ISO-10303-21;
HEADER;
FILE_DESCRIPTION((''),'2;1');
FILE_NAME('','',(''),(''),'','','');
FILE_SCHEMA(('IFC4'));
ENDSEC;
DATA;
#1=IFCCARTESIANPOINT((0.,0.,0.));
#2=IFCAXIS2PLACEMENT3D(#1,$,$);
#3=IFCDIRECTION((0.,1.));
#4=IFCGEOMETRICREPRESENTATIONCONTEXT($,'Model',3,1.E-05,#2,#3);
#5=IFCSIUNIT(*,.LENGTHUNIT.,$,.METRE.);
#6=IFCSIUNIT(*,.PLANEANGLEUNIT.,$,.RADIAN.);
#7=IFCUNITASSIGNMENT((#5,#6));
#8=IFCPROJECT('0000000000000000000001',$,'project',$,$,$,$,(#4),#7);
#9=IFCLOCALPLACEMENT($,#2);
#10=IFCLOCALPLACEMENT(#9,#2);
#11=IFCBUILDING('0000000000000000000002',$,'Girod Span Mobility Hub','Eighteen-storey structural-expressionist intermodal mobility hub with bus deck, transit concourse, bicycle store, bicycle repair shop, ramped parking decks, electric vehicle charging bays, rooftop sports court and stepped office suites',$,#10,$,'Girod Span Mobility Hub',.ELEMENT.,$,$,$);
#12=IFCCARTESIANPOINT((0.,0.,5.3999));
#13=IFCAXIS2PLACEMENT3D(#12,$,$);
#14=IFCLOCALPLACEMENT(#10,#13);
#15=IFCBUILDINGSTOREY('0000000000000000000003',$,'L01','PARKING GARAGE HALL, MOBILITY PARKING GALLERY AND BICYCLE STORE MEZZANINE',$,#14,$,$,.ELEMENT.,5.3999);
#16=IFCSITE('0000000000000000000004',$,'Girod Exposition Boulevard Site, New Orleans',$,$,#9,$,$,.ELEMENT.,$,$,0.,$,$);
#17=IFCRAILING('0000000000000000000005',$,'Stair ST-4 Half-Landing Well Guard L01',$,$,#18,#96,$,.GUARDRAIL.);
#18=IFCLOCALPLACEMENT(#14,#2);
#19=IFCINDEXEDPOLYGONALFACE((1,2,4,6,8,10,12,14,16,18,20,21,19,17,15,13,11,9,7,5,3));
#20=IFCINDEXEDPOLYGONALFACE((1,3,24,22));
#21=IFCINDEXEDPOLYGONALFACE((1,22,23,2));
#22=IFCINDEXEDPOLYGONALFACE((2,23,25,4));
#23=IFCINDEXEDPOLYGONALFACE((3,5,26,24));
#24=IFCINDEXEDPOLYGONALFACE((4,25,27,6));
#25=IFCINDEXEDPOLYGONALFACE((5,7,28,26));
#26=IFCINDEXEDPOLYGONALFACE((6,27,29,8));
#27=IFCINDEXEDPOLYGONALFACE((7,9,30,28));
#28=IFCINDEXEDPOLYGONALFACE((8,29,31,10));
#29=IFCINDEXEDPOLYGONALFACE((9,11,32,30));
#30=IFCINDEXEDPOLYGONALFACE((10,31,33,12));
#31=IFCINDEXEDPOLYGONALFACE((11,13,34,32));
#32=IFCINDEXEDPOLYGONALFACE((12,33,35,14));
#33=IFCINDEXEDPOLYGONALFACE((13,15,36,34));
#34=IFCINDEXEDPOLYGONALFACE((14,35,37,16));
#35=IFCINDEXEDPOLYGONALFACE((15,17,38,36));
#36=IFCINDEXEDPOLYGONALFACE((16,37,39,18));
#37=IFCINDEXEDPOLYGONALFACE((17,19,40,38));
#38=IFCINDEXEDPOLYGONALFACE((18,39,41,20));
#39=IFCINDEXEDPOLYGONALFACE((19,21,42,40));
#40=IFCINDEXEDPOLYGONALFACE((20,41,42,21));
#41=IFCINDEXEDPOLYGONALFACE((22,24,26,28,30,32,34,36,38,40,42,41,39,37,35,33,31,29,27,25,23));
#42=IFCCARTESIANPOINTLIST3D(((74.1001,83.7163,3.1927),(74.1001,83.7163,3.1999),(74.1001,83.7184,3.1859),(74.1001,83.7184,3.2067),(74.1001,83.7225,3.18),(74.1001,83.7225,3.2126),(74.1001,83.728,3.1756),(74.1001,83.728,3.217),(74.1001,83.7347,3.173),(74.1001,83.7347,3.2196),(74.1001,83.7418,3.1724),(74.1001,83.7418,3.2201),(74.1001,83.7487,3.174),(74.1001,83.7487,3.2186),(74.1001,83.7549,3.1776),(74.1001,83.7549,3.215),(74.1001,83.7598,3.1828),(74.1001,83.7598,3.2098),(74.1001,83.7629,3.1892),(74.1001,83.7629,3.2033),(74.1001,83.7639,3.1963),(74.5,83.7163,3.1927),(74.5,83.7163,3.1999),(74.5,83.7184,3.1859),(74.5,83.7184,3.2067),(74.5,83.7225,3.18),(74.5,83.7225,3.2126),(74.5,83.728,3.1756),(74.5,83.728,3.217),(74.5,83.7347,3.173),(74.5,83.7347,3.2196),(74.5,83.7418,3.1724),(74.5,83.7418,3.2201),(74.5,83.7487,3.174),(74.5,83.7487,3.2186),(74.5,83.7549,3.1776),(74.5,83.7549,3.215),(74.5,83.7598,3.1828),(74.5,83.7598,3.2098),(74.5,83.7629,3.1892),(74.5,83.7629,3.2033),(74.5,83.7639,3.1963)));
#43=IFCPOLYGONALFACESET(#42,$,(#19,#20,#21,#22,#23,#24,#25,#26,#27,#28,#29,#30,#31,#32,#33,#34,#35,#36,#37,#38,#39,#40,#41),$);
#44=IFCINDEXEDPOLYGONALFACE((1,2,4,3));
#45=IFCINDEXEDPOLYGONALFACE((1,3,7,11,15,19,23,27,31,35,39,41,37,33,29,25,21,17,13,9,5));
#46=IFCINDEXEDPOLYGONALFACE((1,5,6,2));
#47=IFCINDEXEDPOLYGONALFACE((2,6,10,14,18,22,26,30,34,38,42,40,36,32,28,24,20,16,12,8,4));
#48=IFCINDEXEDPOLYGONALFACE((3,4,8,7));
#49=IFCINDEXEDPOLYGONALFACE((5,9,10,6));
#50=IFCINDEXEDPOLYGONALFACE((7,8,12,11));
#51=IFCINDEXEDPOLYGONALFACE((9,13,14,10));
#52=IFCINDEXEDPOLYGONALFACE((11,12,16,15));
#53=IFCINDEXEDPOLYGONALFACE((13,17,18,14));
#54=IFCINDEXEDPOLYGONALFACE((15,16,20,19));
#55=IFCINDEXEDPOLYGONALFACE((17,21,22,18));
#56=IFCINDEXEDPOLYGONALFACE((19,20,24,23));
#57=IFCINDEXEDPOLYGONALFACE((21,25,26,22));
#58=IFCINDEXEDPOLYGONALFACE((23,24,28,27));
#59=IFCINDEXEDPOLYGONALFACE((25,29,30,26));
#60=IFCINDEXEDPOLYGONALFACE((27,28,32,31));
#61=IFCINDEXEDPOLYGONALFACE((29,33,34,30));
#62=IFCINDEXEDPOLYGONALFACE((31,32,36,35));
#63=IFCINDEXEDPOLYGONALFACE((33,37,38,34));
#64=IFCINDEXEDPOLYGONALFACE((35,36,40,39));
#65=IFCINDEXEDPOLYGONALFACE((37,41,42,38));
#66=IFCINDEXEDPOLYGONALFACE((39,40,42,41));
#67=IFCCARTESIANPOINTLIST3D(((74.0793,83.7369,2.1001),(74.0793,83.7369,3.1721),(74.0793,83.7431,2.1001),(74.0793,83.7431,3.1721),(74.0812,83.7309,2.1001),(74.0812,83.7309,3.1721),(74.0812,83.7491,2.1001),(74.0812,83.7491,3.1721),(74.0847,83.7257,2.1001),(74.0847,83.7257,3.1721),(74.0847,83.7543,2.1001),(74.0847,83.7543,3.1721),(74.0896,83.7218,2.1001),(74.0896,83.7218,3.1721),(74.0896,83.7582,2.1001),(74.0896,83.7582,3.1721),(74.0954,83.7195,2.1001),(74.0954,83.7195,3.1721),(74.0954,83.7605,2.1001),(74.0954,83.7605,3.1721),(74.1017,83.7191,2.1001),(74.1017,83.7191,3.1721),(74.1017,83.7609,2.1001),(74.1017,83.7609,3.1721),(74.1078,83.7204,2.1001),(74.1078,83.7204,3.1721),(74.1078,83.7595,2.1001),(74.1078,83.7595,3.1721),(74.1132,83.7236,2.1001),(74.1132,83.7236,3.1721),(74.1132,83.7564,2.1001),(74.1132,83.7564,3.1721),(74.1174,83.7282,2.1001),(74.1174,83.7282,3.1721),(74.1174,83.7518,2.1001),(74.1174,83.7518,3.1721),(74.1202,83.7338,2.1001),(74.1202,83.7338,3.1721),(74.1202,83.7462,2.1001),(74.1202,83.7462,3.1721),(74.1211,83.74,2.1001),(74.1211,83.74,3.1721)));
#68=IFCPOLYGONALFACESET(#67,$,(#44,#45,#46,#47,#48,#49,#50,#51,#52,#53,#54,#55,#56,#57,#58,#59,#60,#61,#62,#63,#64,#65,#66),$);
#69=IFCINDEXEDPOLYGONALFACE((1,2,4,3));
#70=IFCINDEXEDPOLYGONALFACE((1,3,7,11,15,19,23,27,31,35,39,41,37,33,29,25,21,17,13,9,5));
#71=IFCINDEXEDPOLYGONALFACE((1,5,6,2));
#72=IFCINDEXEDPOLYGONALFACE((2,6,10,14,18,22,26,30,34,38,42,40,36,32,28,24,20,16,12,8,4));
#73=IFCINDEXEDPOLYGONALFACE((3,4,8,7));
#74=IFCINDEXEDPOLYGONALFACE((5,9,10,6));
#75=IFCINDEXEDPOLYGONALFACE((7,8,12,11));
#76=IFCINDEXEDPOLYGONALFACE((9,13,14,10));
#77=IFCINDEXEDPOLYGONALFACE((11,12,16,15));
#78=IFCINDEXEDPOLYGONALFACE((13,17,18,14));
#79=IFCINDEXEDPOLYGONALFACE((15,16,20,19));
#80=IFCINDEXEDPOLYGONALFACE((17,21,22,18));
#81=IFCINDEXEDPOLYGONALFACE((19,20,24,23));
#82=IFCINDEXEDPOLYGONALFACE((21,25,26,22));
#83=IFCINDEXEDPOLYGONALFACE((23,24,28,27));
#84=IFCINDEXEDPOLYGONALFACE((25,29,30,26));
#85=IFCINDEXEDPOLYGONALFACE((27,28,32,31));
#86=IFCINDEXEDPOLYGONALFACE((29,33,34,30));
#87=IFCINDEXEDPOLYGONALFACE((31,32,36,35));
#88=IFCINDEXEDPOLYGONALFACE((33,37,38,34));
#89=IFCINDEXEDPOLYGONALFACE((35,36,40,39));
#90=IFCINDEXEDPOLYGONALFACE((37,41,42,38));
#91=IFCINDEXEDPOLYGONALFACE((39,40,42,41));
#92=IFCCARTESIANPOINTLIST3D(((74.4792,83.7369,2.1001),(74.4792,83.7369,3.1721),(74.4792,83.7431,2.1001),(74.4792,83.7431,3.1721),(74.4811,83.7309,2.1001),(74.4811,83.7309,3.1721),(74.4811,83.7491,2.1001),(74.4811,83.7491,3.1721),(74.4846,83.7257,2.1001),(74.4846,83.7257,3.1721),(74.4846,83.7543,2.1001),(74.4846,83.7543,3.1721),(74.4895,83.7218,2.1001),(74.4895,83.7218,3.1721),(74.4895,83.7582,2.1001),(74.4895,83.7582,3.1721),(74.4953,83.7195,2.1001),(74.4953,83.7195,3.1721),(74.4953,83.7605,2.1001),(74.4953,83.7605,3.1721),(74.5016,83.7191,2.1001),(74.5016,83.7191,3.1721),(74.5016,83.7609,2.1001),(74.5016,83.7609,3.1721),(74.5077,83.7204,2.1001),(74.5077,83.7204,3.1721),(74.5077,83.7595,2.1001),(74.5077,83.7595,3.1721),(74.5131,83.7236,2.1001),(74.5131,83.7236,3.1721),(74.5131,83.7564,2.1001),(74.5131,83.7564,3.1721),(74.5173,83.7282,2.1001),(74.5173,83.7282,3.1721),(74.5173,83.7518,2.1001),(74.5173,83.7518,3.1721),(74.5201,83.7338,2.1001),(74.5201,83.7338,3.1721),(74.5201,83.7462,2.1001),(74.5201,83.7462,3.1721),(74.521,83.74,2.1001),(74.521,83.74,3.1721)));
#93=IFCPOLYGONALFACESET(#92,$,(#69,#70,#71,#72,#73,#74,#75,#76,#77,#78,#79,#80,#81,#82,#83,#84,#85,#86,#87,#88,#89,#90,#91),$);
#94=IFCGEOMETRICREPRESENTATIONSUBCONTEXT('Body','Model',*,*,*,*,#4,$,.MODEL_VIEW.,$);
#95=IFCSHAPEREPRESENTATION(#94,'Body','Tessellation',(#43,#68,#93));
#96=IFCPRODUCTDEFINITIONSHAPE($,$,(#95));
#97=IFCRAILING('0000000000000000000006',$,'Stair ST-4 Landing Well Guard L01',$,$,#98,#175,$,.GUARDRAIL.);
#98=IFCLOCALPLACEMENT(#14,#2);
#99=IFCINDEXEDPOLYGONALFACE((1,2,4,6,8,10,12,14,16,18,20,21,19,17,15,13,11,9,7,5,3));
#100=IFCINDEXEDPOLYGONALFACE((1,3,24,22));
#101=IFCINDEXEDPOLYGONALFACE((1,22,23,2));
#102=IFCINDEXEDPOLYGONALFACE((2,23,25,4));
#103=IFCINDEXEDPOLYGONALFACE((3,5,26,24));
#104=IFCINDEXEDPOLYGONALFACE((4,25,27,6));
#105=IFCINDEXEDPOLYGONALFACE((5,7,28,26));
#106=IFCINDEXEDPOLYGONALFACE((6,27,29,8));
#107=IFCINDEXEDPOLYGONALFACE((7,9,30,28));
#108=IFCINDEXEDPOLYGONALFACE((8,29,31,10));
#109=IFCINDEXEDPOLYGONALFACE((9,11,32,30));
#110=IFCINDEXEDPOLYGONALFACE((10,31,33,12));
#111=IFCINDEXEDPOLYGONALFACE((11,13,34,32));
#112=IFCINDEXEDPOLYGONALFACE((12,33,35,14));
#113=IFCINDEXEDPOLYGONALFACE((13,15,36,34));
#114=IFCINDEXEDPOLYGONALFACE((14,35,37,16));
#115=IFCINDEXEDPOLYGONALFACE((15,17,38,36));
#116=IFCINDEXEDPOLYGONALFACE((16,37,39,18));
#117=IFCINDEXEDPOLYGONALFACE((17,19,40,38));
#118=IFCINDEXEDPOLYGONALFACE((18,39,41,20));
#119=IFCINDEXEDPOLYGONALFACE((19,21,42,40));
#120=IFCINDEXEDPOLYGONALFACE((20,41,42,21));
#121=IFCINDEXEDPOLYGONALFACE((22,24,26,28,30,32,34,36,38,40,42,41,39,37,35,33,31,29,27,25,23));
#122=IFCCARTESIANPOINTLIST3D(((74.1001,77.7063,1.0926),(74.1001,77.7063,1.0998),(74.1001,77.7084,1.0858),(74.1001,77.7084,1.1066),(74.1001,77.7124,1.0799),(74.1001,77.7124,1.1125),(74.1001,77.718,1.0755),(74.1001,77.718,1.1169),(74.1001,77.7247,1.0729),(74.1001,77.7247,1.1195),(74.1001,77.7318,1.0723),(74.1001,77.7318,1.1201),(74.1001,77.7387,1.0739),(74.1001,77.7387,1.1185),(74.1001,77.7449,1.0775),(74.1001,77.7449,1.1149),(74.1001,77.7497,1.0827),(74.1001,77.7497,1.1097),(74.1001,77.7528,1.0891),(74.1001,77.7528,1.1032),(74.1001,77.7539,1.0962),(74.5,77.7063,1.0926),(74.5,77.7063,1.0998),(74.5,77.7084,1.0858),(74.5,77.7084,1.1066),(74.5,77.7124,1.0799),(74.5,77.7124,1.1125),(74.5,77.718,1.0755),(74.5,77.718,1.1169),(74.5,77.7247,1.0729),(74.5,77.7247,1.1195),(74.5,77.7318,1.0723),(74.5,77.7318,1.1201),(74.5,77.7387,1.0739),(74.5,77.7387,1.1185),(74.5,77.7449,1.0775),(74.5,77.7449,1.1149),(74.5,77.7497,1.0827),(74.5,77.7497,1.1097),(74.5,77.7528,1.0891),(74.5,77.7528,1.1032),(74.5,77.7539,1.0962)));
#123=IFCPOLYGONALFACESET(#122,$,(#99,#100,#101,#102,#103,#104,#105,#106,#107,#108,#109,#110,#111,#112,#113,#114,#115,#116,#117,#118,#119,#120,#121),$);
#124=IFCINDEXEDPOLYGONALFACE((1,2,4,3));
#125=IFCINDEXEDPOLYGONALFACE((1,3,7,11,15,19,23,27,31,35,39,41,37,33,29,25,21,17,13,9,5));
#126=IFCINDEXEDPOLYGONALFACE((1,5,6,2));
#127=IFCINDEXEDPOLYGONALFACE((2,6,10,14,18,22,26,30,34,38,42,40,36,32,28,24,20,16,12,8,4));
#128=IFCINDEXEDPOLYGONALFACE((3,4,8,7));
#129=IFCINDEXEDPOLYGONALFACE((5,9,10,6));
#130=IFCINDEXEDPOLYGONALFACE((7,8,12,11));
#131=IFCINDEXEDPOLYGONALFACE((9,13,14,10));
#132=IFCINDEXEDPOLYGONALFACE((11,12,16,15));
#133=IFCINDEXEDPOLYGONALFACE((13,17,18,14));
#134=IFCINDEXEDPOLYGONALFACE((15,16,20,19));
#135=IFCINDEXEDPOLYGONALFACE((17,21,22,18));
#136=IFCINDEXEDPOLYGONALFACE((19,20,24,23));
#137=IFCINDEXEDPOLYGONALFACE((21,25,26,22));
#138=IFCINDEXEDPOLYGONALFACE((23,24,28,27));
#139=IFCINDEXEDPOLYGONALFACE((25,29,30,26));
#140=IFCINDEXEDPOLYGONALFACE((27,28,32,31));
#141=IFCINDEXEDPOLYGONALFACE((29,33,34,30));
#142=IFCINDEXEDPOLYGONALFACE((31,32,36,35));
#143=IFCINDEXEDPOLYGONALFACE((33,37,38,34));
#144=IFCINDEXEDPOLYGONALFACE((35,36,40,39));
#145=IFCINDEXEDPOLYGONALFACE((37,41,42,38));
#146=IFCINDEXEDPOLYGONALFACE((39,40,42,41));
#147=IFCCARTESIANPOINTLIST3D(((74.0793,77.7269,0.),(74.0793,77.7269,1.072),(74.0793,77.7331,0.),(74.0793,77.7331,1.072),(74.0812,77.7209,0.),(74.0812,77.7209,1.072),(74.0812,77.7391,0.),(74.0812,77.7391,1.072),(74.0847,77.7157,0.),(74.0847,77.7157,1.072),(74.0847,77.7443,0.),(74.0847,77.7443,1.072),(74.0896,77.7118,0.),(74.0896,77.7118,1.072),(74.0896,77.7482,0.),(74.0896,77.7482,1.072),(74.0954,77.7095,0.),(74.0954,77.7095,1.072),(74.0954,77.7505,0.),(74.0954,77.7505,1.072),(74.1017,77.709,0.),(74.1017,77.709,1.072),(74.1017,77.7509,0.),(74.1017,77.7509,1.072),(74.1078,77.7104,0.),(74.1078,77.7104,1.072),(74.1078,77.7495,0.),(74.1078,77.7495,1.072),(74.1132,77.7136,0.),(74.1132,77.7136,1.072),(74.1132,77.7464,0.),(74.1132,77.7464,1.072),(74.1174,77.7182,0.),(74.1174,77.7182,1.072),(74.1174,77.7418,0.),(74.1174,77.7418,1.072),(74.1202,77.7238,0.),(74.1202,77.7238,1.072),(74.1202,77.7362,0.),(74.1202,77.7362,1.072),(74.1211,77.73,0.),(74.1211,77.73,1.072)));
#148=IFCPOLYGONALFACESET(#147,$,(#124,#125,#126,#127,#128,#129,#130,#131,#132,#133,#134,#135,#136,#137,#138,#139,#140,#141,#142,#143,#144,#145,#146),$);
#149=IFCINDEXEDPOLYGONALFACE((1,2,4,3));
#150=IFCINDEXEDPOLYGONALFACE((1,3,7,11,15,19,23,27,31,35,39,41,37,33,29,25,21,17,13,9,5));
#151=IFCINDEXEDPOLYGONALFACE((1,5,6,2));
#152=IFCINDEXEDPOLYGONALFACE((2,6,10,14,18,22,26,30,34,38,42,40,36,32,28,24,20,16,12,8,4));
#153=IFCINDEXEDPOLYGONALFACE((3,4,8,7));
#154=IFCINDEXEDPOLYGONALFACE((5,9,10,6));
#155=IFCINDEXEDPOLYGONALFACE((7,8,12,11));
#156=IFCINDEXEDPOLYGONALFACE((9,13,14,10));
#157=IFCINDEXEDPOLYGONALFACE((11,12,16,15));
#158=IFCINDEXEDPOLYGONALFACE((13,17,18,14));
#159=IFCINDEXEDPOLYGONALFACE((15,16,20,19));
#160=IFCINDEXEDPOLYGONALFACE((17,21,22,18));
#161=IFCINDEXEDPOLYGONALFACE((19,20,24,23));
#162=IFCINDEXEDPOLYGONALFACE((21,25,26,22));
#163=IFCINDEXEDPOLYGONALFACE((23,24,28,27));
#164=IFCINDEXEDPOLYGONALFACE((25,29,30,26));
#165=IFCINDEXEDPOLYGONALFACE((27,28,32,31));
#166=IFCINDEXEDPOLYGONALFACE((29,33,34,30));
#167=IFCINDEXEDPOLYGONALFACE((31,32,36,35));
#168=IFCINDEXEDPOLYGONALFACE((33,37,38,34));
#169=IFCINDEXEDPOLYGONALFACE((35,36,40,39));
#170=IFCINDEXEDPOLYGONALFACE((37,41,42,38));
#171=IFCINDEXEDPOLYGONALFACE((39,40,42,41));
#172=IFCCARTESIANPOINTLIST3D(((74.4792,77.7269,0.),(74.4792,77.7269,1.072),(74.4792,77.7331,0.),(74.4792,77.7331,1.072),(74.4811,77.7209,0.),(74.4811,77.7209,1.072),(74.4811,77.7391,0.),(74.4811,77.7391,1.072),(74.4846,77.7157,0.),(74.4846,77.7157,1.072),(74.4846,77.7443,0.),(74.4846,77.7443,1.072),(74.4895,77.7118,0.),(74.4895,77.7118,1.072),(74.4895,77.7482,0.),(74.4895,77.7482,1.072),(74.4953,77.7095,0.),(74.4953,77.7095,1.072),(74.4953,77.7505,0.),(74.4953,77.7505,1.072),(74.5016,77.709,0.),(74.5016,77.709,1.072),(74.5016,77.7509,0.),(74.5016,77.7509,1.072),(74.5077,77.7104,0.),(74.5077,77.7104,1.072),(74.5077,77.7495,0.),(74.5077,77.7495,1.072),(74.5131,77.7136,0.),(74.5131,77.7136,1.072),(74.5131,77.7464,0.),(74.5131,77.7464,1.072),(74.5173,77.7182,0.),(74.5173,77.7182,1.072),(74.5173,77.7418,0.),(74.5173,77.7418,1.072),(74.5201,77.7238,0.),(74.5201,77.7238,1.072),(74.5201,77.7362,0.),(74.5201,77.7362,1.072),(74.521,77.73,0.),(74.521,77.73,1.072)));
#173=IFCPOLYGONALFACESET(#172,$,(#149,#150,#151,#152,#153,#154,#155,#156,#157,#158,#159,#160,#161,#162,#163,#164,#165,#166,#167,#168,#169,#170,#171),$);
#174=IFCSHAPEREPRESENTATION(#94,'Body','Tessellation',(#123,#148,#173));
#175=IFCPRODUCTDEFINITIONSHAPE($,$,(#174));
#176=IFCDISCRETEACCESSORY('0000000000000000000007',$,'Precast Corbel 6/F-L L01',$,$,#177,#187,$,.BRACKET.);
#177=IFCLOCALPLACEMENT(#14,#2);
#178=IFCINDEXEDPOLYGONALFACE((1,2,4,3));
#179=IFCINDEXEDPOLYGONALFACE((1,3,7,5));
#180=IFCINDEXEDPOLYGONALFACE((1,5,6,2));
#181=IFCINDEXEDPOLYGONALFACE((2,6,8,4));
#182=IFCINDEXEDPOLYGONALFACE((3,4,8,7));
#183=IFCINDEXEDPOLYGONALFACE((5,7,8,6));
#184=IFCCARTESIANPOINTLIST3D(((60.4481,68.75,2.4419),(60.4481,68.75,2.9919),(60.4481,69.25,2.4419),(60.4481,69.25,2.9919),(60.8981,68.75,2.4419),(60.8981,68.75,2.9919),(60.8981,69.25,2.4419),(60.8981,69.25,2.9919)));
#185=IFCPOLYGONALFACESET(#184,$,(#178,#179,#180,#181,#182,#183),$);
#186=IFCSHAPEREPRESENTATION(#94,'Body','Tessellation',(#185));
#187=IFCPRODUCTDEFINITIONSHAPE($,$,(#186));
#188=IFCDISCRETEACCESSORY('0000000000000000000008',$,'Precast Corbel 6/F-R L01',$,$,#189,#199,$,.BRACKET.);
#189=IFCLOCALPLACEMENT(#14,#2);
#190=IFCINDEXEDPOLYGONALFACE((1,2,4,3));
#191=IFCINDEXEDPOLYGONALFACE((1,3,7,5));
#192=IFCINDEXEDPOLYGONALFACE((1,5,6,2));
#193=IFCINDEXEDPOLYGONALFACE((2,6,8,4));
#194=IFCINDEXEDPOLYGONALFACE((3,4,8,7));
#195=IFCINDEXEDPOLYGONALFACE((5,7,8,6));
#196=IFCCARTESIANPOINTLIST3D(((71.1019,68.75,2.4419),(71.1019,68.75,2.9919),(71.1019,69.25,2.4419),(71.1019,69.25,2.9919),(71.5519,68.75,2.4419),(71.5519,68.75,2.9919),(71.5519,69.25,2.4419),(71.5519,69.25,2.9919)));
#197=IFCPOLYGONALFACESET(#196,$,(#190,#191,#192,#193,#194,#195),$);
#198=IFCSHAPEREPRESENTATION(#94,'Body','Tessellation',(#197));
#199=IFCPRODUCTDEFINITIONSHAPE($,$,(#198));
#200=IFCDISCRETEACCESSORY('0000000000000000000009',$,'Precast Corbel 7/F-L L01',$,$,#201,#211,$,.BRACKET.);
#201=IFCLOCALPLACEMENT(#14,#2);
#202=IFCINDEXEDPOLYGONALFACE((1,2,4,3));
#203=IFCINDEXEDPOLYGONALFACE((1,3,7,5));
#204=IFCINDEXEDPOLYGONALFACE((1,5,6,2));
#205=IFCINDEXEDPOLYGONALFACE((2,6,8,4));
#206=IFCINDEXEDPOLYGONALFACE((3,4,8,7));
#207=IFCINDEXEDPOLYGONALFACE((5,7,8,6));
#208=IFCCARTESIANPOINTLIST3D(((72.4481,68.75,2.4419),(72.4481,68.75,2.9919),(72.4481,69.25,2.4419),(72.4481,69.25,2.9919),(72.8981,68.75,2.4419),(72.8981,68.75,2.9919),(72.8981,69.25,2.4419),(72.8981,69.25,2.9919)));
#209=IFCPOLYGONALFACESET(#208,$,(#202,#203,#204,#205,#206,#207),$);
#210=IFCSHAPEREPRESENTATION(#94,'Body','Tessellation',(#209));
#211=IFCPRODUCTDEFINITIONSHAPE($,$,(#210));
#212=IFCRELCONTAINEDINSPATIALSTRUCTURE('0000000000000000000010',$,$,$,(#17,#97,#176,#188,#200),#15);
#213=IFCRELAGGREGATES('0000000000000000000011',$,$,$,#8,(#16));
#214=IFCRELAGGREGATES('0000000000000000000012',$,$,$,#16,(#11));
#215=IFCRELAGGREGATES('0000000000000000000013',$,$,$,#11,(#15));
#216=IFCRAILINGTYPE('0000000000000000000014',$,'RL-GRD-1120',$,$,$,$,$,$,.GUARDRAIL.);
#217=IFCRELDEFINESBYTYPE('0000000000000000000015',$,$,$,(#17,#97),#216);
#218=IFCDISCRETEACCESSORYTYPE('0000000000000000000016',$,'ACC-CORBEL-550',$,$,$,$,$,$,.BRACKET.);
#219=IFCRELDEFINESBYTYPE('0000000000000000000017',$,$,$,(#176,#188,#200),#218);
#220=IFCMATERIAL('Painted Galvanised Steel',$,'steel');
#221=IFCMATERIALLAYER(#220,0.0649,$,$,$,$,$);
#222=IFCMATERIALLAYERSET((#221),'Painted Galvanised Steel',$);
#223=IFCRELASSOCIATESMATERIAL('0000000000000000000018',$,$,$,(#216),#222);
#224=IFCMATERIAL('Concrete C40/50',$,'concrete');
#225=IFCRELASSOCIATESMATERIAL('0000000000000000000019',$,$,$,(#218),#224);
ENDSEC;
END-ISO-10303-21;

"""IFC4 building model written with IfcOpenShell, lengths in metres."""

from ifc_helpers import new_model, si_unit, direction, frame, origin, origin_2d, place, context, subcontext, project, spatial, rectangle, circle, extrude, material, layer, layer_set, type_object, element, save


model = new_model("IFC4")

# Units and contexts
model_context = context("Model", 3, precision=1e-05, world=origin(), true_north=direction((0.0, 1.0)))
body_context = subcontext(model_context, "Body", "Model", "MODEL_VIEW")
ifc_project = project(units=[si_unit("LENGTHUNIT", "METRE"), si_unit("PLANEANGLEUNIT", "RADIAN")], contexts=[model_context])

# Site, building, storey
site_placement = place(None, origin())
site = spatial("IfcSite", under=ifc_project, at=site_placement, Name="Girod Exposition Boulevard Site, New Orleans", CompositionType="ELEMENT", RefElevation=0.0)
building_placement = place(site_placement, origin())
building = spatial("IfcBuilding", under=site, at=building_placement, Name="Girod Span Mobility Hub", Description="Eighteen-storey structural-expressionist intermodal mobility hub with bus deck, transit concourse, bicycle store, bicycle repair shop, ramped parking decks, electric vehicle charging bays, rooftop sports court and stepped office suites", LongName="Girod Span Mobility Hub", CompositionType="ELEMENT")
storey_placement = place(building_placement, frame((0.0, 0.0, 5.3999)))
storey = spatial("IfcBuildingStorey", under=building, at=storey_placement, Name="L01", Description="PARKING GARAGE HALL, MOBILITY PARKING GALLERY AND BICYCLE STORE MEZZANINE", CompositionType="ELEMENT", Elevation=5.3999)

# Railings
ifc_material_1 = material(Name="Painted Galvanised Steel", Category="steel")
ifc_layer_1 = layer(ifc_material_1, 0.0649)
ifc_layer_set_1 = layer_set([ifc_layer_1], Name="Painted Galvanised Steel")
railing_type_1 = type_object("IfcRailingType", Name="RL-GRD-1120", PredefinedType="GUARDRAIL", material=ifc_layer_set_1)
for number, where, name in (
    (1, (74.1001, 83.74, 2.1001), "Stair ST-4 Half-Landing Well Guard L01"),
    (2, (74.1001, 77.73, 0.0), "Stair ST-4 Landing Well Guard L01"),
):
    element("IfcRailing", number, at=place(storey_placement, frame(where)), inside=storey, type_object=railing_type_1, Name=name, PredefinedType="GUARDRAIL", context=body_context, shape_type="SweptSolid", body=[
        extrude(circle(Radius=0.0239, at=origin_2d()), frame((0.0, 0.0, 1.0962), z_axis=(1.0, 0.0, 0.0), x_axis=(0.0, 1.0, 0.0)), (0.0, 0.0, 1.0), 0.3999),
        extrude(circle(Radius=0.021, at=origin_2d()), origin(), (0.0, 0.0, 1.0), 1.072),
        extrude(circle(Radius=0.021, at=origin_2d()), frame((0.3999, 0.0, 0.0)), (0.0, 0.0, 1.0), 1.072),
    ])

# Discrete accessories
ifc_material_2 = material(Name="Concrete C40/50", Category="concrete")
discrete_accessory_type = type_object("IfcDiscreteAccessoryType", Name="ACC-CORBEL-550", PredefinedType="BRACKET", material=ifc_material_2)
for number, where, z_axis, x_axis, name in (
    (3, (60.6731, 69.0, 2.4419), (0.0, 0.0, 1.0), (1.0, 0.0, 0.0), "Precast Corbel 6/F-L L01"),
    (4, (71.3269, 69.0, 2.4419), (0.0, 0.0, 1.0), (1.0, 0.0, 0.0), "Precast Corbel 6/F-R L01"),
    (5, (72.6731, 69.0, 2.4419), (0.0, 0.0, 1.0), (1.0, 0.0, 0.0), "Precast Corbel 7/F-L L01"),
):
    element("IfcDiscreteAccessory", number, at=place(storey_placement, frame(where, z_axis=z_axis, x_axis=x_axis)), inside=storey, type_object=discrete_accessory_type, Name=name, PredefinedType="BRACKET", context=body_context, shape_type="SweptSolid", body=[
        extrude(rectangle(XDim=0.45, YDim=0.5, at=origin_2d()), origin(), (0.0, 0.0, 1.0), 0.55),
    ])

save(model, "model.ifc")
